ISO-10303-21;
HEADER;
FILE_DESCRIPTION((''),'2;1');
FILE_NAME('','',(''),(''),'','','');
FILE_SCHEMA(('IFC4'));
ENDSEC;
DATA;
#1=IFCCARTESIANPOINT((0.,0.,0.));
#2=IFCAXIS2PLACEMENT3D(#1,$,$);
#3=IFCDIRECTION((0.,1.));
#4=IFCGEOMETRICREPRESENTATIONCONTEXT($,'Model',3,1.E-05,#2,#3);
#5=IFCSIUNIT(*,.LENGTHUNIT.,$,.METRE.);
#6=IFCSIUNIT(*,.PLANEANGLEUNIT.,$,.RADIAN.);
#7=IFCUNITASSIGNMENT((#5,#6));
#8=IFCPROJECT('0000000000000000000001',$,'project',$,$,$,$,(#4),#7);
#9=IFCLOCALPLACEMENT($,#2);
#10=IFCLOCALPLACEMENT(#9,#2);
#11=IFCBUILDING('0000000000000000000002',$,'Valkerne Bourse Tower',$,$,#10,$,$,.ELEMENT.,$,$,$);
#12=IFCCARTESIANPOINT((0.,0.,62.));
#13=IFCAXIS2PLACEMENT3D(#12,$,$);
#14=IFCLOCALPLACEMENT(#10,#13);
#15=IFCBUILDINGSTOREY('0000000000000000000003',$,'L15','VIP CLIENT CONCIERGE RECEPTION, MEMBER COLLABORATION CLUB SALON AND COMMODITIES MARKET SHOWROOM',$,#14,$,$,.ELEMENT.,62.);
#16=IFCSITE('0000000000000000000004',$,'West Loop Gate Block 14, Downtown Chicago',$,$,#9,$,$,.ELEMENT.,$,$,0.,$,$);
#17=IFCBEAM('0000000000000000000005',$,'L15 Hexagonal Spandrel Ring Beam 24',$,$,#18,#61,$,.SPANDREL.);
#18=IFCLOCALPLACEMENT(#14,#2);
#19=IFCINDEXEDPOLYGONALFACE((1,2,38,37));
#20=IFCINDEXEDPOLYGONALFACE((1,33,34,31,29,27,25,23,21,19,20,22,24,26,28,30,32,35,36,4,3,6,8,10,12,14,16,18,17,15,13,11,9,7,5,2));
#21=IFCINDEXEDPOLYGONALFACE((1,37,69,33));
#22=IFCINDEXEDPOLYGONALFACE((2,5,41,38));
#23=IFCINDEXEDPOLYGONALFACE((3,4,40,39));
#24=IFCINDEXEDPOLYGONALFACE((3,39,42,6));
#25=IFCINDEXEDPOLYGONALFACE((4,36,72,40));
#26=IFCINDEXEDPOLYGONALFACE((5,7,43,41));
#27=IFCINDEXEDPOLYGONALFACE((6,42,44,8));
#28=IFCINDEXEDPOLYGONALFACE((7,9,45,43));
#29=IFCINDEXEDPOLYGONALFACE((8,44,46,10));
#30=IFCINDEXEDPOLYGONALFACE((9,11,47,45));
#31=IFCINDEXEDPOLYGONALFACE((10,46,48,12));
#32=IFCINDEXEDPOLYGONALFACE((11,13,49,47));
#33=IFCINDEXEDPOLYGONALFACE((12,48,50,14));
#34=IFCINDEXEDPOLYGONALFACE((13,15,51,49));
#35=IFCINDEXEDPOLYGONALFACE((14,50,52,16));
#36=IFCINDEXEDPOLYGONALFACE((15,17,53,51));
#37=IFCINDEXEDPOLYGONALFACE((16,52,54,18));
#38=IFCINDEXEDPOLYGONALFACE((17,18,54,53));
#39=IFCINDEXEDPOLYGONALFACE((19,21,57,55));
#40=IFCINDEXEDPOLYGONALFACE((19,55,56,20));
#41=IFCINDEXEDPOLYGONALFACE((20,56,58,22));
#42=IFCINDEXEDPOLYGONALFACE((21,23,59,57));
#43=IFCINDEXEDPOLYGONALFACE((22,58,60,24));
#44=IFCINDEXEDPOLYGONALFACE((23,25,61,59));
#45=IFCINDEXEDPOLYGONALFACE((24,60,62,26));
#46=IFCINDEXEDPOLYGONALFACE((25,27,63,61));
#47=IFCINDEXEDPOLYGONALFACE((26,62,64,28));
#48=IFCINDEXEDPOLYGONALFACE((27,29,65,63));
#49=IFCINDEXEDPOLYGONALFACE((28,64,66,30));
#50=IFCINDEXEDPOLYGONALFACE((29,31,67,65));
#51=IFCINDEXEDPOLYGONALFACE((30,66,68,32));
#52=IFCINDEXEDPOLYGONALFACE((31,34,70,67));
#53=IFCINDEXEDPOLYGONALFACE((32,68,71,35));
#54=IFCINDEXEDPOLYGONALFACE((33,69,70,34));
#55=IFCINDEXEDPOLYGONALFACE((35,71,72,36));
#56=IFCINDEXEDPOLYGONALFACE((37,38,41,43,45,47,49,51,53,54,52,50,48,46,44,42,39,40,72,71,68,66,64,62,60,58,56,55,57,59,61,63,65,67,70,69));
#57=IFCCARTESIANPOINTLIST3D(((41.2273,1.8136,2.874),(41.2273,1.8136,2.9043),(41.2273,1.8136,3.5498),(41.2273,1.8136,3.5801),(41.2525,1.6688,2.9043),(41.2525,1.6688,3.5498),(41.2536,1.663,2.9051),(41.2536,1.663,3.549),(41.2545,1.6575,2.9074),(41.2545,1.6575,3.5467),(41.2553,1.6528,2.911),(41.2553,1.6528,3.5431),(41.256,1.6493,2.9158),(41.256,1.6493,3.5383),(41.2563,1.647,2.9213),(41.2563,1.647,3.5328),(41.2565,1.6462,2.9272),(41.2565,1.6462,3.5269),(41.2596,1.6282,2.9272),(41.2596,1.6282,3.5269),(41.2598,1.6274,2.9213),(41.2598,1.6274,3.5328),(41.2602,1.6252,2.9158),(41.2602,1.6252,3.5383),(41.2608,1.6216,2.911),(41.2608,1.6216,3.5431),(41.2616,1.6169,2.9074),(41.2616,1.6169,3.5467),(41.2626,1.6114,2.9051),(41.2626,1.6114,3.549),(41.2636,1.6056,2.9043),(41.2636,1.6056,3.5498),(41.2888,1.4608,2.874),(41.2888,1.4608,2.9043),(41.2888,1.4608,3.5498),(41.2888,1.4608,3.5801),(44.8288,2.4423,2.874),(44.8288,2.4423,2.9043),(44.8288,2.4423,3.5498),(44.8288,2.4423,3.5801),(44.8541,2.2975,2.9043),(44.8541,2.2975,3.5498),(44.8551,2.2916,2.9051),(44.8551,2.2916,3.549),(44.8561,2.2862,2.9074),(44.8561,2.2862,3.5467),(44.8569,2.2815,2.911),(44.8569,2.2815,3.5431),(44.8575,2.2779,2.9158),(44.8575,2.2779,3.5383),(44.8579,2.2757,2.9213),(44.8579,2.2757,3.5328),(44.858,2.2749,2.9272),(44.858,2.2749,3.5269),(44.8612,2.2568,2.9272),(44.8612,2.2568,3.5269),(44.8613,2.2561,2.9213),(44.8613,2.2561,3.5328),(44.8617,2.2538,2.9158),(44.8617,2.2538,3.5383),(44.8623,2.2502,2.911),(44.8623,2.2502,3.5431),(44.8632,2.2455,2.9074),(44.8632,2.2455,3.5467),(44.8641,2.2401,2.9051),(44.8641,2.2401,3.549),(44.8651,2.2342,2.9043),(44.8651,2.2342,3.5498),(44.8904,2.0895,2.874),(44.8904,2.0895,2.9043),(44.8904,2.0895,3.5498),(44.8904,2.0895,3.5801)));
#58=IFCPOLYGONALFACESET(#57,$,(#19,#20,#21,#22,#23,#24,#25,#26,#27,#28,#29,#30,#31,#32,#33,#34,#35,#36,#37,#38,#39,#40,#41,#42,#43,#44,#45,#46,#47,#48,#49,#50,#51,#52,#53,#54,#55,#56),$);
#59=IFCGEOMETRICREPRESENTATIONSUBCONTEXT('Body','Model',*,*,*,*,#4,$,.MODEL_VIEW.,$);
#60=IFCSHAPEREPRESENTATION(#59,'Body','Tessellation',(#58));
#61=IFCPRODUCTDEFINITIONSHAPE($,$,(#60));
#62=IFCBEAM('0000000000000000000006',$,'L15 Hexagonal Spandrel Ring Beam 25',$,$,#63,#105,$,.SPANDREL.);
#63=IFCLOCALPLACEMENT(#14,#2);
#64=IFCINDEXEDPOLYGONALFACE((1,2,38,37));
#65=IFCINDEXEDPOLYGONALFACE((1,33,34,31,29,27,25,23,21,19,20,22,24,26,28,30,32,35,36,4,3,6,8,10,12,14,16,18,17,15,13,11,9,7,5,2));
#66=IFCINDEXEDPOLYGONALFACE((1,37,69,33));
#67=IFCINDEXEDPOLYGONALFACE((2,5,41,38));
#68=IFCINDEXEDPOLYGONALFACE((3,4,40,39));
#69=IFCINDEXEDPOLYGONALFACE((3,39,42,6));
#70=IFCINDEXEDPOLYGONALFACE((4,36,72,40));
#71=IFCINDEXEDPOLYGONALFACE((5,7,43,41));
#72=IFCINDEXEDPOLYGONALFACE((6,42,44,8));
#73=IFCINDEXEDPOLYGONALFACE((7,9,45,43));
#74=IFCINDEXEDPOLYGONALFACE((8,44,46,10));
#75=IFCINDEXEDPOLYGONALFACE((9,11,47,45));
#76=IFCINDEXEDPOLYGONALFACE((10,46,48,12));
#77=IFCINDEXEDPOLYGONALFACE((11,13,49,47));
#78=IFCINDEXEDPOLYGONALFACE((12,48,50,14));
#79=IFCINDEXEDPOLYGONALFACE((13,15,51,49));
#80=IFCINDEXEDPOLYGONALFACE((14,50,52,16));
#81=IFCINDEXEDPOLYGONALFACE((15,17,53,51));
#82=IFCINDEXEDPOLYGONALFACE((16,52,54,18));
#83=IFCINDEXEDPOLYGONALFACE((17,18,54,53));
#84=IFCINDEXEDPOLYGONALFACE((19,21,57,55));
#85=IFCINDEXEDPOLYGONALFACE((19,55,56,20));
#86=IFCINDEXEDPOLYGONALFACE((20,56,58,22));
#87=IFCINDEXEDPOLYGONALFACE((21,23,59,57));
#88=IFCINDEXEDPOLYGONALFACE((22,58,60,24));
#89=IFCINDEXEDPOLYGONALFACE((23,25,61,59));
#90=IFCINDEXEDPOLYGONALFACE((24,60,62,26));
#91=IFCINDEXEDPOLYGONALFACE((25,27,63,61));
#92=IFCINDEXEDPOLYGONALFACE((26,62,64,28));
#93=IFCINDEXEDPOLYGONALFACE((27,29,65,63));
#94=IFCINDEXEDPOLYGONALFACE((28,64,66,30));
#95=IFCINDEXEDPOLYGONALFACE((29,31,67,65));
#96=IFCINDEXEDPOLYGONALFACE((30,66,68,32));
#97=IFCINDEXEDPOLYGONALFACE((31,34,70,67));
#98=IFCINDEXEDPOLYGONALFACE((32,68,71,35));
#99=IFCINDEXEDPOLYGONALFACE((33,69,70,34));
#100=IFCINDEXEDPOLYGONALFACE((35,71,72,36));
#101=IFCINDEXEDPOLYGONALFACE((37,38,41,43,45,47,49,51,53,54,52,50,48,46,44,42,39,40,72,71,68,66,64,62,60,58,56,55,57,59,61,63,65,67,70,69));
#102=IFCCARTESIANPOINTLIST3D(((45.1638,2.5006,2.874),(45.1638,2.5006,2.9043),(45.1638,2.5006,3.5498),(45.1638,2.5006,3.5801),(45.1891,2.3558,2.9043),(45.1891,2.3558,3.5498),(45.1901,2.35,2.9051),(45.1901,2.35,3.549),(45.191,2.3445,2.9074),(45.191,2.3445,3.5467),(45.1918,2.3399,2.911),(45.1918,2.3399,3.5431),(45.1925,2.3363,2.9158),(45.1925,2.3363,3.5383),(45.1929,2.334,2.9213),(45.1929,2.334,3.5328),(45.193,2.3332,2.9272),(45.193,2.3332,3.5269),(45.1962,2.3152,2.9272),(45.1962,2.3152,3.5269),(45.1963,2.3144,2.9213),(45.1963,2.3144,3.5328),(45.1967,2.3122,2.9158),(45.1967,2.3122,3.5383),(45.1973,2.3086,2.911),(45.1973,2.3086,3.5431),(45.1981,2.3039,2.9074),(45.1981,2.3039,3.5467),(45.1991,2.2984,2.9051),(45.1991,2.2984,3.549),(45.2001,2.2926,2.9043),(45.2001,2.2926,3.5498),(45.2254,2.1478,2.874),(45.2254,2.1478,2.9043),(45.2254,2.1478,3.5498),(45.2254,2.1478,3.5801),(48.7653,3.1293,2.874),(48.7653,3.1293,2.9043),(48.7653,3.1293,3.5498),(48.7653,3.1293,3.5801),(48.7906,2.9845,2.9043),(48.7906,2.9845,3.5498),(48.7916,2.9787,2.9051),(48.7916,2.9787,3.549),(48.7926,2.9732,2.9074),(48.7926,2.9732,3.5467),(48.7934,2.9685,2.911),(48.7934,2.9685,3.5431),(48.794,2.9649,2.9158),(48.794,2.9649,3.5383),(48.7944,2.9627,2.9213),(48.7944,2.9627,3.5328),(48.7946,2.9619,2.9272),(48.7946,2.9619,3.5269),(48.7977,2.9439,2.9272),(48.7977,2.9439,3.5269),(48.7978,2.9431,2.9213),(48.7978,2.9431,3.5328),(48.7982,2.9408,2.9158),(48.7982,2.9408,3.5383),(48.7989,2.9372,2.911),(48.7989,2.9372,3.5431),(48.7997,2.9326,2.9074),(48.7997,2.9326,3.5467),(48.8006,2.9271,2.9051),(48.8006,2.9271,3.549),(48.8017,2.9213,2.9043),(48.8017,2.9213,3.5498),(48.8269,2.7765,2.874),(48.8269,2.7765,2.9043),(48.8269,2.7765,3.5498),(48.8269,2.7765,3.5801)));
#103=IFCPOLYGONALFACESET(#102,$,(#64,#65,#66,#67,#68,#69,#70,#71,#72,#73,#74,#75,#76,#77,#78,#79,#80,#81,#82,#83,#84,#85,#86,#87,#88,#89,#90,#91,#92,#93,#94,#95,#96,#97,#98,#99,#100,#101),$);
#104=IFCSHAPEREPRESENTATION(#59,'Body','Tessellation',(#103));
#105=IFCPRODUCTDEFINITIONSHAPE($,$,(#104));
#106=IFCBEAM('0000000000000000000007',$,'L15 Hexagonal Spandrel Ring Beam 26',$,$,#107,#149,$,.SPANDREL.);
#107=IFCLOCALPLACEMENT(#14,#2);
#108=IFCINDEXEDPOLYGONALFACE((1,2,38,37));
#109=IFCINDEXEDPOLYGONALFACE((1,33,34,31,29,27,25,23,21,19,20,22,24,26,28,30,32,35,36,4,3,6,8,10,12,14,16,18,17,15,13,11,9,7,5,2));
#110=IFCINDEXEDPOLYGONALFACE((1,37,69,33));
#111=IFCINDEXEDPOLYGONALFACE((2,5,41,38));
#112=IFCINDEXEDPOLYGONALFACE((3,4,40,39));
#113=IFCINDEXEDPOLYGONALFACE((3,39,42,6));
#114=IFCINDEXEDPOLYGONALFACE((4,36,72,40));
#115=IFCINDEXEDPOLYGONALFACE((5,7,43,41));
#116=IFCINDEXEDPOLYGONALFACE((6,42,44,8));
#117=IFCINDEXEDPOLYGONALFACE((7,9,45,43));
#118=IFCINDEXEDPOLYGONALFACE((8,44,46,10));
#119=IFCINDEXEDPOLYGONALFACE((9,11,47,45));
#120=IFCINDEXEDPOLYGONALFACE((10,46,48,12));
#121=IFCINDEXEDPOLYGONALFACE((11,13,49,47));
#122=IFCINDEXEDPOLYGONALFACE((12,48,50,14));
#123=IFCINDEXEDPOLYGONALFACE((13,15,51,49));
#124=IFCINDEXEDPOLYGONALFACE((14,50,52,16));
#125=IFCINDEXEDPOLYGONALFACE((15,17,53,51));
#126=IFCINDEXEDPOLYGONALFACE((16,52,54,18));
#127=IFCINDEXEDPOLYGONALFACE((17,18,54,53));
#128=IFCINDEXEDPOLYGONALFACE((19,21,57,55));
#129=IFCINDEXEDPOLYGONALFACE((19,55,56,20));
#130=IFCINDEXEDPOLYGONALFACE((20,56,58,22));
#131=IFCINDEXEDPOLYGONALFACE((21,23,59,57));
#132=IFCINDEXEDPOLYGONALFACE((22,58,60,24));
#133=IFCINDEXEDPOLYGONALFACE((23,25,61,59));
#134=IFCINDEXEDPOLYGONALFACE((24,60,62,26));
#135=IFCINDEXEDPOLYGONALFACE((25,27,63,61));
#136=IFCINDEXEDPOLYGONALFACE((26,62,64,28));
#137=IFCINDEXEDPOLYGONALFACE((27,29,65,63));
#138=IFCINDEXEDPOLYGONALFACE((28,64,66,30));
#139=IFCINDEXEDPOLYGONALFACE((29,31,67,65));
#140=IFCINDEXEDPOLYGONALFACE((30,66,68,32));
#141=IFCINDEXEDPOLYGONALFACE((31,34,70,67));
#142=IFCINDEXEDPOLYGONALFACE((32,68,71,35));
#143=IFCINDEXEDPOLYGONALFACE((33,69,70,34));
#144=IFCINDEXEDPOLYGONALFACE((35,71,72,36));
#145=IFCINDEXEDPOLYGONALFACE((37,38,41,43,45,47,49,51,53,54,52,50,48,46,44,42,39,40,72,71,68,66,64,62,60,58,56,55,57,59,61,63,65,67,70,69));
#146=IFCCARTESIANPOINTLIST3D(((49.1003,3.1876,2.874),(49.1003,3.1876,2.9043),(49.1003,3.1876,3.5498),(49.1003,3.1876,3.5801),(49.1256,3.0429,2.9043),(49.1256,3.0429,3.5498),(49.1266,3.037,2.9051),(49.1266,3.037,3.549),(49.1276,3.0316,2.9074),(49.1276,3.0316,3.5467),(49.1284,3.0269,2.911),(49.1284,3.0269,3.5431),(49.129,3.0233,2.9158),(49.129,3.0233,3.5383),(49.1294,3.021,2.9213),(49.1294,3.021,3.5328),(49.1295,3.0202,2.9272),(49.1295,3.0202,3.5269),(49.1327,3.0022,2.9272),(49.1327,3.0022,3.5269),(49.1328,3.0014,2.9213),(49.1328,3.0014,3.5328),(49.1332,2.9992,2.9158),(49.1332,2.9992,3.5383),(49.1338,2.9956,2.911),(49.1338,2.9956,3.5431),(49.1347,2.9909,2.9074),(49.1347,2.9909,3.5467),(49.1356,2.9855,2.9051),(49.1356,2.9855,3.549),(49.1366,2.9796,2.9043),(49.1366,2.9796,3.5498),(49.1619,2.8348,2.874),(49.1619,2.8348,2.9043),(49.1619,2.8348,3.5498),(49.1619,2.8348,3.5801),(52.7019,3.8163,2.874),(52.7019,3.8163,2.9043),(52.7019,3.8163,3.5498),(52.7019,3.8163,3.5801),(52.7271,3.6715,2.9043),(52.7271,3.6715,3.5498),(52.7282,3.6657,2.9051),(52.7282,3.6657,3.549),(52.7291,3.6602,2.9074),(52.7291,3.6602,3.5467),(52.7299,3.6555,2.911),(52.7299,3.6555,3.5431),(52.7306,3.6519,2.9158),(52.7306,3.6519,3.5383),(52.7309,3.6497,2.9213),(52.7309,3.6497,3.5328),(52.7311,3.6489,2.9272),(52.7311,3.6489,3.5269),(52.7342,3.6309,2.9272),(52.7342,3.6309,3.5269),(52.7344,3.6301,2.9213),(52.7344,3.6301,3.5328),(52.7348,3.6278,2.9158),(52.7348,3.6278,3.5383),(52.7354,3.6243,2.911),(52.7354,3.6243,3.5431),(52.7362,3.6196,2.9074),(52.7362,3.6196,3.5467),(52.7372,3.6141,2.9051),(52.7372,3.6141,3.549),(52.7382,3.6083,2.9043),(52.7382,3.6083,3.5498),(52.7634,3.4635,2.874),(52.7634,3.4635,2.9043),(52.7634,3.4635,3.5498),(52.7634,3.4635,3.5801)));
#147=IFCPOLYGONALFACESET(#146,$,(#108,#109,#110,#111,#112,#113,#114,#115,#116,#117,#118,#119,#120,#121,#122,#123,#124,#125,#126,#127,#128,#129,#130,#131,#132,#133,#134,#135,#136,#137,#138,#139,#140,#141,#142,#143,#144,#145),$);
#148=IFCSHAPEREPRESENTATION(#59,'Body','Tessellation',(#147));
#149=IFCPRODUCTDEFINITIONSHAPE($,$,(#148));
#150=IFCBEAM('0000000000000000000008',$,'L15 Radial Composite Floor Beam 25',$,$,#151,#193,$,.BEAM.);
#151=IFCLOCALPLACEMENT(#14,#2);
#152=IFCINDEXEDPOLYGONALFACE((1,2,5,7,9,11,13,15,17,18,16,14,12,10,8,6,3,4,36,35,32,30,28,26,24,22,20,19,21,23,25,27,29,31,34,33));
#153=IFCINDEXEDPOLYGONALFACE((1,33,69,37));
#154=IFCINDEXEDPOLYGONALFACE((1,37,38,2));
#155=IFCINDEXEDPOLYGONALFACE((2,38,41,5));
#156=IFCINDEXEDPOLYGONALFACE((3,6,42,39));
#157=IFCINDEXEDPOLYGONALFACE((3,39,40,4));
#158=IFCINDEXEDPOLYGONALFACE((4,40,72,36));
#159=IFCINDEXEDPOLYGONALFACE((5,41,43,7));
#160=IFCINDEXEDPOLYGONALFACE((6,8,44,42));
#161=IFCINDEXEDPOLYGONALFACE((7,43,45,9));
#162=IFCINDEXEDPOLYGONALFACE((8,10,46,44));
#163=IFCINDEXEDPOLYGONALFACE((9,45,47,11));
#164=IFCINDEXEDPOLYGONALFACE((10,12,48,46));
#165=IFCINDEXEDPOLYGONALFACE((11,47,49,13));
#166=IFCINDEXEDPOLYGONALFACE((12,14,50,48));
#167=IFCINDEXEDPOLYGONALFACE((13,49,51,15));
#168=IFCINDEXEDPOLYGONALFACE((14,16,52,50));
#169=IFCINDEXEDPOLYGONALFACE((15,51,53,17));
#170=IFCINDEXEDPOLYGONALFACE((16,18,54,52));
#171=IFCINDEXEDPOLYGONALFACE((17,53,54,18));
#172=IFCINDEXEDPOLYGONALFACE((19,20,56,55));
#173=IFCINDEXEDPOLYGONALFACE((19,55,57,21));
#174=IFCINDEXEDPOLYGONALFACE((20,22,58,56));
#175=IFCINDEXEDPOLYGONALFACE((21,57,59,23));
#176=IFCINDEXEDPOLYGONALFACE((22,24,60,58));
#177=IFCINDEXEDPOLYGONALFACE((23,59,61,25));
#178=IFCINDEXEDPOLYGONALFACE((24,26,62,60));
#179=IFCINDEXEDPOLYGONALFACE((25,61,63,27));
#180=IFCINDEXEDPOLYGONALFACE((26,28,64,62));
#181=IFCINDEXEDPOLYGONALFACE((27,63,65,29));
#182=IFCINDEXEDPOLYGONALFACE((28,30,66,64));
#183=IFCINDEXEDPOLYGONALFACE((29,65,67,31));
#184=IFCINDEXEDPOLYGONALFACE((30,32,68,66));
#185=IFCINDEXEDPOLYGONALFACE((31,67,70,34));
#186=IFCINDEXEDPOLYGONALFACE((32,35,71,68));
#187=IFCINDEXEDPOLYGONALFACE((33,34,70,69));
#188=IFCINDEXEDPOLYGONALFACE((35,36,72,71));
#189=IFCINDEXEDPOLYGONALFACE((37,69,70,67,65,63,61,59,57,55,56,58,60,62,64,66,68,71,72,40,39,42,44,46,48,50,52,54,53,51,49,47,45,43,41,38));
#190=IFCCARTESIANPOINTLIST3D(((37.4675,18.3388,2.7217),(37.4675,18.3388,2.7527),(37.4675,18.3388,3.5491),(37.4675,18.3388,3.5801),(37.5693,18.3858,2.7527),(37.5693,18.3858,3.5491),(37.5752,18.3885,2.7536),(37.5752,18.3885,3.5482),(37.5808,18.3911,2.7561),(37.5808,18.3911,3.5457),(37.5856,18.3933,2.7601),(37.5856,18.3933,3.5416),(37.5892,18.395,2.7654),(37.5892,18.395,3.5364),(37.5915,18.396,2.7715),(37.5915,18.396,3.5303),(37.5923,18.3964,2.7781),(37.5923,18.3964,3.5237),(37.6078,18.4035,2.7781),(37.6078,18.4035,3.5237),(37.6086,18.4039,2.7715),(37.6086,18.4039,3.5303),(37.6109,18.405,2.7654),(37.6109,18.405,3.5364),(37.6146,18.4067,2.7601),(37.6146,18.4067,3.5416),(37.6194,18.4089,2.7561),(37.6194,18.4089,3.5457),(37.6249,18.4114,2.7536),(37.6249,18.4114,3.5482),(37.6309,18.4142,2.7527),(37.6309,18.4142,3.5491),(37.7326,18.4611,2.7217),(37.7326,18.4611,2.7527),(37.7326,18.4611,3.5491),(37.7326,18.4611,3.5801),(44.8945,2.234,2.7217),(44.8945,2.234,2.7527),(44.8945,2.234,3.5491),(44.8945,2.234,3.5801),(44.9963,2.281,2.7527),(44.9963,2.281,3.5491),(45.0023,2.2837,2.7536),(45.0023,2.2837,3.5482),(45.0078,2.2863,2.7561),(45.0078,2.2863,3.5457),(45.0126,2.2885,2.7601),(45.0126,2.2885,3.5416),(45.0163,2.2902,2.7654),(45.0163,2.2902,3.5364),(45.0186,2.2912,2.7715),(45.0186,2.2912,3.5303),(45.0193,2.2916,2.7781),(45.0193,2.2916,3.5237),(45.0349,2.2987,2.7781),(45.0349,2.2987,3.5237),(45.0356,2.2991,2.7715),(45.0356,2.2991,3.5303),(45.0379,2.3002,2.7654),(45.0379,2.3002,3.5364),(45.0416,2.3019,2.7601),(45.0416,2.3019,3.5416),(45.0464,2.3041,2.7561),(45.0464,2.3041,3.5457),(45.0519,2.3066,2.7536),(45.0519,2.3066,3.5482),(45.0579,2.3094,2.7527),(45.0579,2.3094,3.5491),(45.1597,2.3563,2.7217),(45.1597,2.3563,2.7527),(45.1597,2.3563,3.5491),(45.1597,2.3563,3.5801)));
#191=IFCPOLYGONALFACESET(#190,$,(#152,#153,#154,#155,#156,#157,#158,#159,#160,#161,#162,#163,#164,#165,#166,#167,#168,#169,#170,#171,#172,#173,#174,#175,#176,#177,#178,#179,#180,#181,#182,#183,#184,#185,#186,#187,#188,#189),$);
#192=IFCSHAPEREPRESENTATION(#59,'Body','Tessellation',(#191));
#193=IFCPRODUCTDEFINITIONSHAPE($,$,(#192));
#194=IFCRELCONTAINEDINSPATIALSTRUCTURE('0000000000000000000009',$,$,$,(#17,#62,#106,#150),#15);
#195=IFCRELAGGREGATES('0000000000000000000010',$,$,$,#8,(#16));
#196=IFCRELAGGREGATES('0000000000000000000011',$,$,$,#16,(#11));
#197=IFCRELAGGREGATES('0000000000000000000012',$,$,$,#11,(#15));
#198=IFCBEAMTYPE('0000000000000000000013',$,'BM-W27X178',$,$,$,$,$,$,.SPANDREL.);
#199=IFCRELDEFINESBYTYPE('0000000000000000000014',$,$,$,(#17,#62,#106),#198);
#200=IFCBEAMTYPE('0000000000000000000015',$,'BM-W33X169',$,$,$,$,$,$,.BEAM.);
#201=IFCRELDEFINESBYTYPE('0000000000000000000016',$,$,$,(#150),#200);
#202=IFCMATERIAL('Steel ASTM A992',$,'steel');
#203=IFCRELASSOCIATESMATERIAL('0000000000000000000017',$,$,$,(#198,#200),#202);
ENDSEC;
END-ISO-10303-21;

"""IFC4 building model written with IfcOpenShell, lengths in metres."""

from ifc_helpers import new_model, si_unit, direction, frame, origin, origin_2d, place, context, subcontext, project, spatial, i_section, extrude, material, material_profile, profile_set, type_object, element, save


model = new_model("IFC4")

# Units and contexts
model_context = context("Model", 3, precision=1e-05, world=origin(), true_north=direction((0.0, 1.0)))
body_context = subcontext(model_context, "Body", "Model", "MODEL_VIEW")
ifc_project = project(units=[si_unit("LENGTHUNIT", "METRE"), si_unit("PLANEANGLEUNIT", "RADIAN")], contexts=[model_context])

# Site, building, storey
site_placement = place(None, origin())
site = spatial("IfcSite", under=ifc_project, at=site_placement, Name="West Loop Gate Block 14, Downtown Chicago", CompositionType="ELEMENT", RefElevation=0.0)
building_placement = place(site_placement, origin())
building = spatial("IfcBuilding", under=site, at=building_placement, Name="Valkerne Bourse Tower", CompositionType="ELEMENT")
storey_placement = place(building_placement, frame((0.0, 0.0, 62.0)))
storey = spatial("IfcBuildingStorey", under=building, at=storey_placement, Name="L15", Description="VIP CLIENT CONCIERGE RECEPTION, MEMBER COLLABORATION CLUB SALON AND COMMODITIES MARKET SHOWROOM", CompositionType="ELEMENT", Elevation=62.0)

# Beams
ifc_material_1 = material(Name="Steel ASTM A992", Category="steel")
ifc_material_profile_1 = material_profile(ifc_material_1, i_section(OverallWidth=0.3582, OverallDepth=0.7061, WebThickness=0.0183, FlangeThickness=0.0303, FilletRadius=0.0229, at=origin_2d()), Name="W27X178")
ifc_profile_set_1 = profile_set([ifc_material_profile_1], Name="Steel ASTM A992")
beam_type_1 = type_object("IfcBeamType", Name="BM-W27X178", PredefinedType="SPANDREL", material=ifc_profile_set_1)
for number, where, z_axis, x_axis, name in (
    (1, (41.2581, 1.6372, 3.2271), (0.985105, 0.171953, 0.0), (-0.171953, 0.985105, 0.0), "L15 Hexagonal Spandrel Ring Beam 24"),
    (2, (45.1946, 2.3242, 3.2271), (0.985105, 0.171953, 0.0), (-0.171953, 0.985105, 0.0), "L15 Hexagonal Spandrel Ring Beam 25"),
    (3, (49.1311, 3.0112, 3.2271), (0.985105, 0.171953, 0.0), (-0.171953, 0.985105, 0.0), "L15 Hexagonal Spandrel Ring Beam 26"),
):
    element("IfcBeam", number, at=place(storey_placement, frame(where, z_axis=z_axis, x_axis=x_axis)), inside=storey, type_object=beam_type_1, Name=name, PredefinedType="SPANDREL", context=body_context, shape_type="SweptSolid", body=[
        extrude(i_section(OverallWidth=0.3582, OverallDepth=0.7061, WebThickness=0.0183, FlangeThickness=0.0303, FilletRadius=0.0229, at=origin_2d()), origin(), (0.0, 0.0, 1.0), 3.656),
    ])
ifc_material_profile_2 = material_profile(ifc_material_1, i_section(OverallWidth=0.292, OverallDepth=0.8584, WebThickness=0.0171, FlangeThickness=0.031, FilletRadius=0.0254, at=origin_2d()), Name="W33X169")
ifc_profile_set_2 = profile_set([ifc_material_profile_2], Name="Steel ASTM A992")
beam_type_2 = type_object("IfcBeamType", Name="BM-W33X169", PredefinedType="BEAM", material=ifc_profile_set_2)
beam_1_placement = place(storey_placement, frame((45.0271, 2.2952, 3.1509), z_axis=(-0.418781, 0.908087, 0.0), x_axis=(-0.908087, -0.418781, 0.0)))
element("IfcBeam", 4, at=beam_1_placement, inside=storey, type_object=beam_type_2, Name="L15 Radial Composite Floor Beam 25", PredefinedType="BEAM", context=body_context, shape_type="SweptSolid", body=[
    extrude(i_section(OverallWidth=0.292, OverallDepth=0.8584, WebThickness=0.0171, FlangeThickness=0.031, FilletRadius=0.0254, at=origin_2d()), origin(), (0.0, 0.0, 1.0), 17.7349),
])

save(model, "model.ifc")
